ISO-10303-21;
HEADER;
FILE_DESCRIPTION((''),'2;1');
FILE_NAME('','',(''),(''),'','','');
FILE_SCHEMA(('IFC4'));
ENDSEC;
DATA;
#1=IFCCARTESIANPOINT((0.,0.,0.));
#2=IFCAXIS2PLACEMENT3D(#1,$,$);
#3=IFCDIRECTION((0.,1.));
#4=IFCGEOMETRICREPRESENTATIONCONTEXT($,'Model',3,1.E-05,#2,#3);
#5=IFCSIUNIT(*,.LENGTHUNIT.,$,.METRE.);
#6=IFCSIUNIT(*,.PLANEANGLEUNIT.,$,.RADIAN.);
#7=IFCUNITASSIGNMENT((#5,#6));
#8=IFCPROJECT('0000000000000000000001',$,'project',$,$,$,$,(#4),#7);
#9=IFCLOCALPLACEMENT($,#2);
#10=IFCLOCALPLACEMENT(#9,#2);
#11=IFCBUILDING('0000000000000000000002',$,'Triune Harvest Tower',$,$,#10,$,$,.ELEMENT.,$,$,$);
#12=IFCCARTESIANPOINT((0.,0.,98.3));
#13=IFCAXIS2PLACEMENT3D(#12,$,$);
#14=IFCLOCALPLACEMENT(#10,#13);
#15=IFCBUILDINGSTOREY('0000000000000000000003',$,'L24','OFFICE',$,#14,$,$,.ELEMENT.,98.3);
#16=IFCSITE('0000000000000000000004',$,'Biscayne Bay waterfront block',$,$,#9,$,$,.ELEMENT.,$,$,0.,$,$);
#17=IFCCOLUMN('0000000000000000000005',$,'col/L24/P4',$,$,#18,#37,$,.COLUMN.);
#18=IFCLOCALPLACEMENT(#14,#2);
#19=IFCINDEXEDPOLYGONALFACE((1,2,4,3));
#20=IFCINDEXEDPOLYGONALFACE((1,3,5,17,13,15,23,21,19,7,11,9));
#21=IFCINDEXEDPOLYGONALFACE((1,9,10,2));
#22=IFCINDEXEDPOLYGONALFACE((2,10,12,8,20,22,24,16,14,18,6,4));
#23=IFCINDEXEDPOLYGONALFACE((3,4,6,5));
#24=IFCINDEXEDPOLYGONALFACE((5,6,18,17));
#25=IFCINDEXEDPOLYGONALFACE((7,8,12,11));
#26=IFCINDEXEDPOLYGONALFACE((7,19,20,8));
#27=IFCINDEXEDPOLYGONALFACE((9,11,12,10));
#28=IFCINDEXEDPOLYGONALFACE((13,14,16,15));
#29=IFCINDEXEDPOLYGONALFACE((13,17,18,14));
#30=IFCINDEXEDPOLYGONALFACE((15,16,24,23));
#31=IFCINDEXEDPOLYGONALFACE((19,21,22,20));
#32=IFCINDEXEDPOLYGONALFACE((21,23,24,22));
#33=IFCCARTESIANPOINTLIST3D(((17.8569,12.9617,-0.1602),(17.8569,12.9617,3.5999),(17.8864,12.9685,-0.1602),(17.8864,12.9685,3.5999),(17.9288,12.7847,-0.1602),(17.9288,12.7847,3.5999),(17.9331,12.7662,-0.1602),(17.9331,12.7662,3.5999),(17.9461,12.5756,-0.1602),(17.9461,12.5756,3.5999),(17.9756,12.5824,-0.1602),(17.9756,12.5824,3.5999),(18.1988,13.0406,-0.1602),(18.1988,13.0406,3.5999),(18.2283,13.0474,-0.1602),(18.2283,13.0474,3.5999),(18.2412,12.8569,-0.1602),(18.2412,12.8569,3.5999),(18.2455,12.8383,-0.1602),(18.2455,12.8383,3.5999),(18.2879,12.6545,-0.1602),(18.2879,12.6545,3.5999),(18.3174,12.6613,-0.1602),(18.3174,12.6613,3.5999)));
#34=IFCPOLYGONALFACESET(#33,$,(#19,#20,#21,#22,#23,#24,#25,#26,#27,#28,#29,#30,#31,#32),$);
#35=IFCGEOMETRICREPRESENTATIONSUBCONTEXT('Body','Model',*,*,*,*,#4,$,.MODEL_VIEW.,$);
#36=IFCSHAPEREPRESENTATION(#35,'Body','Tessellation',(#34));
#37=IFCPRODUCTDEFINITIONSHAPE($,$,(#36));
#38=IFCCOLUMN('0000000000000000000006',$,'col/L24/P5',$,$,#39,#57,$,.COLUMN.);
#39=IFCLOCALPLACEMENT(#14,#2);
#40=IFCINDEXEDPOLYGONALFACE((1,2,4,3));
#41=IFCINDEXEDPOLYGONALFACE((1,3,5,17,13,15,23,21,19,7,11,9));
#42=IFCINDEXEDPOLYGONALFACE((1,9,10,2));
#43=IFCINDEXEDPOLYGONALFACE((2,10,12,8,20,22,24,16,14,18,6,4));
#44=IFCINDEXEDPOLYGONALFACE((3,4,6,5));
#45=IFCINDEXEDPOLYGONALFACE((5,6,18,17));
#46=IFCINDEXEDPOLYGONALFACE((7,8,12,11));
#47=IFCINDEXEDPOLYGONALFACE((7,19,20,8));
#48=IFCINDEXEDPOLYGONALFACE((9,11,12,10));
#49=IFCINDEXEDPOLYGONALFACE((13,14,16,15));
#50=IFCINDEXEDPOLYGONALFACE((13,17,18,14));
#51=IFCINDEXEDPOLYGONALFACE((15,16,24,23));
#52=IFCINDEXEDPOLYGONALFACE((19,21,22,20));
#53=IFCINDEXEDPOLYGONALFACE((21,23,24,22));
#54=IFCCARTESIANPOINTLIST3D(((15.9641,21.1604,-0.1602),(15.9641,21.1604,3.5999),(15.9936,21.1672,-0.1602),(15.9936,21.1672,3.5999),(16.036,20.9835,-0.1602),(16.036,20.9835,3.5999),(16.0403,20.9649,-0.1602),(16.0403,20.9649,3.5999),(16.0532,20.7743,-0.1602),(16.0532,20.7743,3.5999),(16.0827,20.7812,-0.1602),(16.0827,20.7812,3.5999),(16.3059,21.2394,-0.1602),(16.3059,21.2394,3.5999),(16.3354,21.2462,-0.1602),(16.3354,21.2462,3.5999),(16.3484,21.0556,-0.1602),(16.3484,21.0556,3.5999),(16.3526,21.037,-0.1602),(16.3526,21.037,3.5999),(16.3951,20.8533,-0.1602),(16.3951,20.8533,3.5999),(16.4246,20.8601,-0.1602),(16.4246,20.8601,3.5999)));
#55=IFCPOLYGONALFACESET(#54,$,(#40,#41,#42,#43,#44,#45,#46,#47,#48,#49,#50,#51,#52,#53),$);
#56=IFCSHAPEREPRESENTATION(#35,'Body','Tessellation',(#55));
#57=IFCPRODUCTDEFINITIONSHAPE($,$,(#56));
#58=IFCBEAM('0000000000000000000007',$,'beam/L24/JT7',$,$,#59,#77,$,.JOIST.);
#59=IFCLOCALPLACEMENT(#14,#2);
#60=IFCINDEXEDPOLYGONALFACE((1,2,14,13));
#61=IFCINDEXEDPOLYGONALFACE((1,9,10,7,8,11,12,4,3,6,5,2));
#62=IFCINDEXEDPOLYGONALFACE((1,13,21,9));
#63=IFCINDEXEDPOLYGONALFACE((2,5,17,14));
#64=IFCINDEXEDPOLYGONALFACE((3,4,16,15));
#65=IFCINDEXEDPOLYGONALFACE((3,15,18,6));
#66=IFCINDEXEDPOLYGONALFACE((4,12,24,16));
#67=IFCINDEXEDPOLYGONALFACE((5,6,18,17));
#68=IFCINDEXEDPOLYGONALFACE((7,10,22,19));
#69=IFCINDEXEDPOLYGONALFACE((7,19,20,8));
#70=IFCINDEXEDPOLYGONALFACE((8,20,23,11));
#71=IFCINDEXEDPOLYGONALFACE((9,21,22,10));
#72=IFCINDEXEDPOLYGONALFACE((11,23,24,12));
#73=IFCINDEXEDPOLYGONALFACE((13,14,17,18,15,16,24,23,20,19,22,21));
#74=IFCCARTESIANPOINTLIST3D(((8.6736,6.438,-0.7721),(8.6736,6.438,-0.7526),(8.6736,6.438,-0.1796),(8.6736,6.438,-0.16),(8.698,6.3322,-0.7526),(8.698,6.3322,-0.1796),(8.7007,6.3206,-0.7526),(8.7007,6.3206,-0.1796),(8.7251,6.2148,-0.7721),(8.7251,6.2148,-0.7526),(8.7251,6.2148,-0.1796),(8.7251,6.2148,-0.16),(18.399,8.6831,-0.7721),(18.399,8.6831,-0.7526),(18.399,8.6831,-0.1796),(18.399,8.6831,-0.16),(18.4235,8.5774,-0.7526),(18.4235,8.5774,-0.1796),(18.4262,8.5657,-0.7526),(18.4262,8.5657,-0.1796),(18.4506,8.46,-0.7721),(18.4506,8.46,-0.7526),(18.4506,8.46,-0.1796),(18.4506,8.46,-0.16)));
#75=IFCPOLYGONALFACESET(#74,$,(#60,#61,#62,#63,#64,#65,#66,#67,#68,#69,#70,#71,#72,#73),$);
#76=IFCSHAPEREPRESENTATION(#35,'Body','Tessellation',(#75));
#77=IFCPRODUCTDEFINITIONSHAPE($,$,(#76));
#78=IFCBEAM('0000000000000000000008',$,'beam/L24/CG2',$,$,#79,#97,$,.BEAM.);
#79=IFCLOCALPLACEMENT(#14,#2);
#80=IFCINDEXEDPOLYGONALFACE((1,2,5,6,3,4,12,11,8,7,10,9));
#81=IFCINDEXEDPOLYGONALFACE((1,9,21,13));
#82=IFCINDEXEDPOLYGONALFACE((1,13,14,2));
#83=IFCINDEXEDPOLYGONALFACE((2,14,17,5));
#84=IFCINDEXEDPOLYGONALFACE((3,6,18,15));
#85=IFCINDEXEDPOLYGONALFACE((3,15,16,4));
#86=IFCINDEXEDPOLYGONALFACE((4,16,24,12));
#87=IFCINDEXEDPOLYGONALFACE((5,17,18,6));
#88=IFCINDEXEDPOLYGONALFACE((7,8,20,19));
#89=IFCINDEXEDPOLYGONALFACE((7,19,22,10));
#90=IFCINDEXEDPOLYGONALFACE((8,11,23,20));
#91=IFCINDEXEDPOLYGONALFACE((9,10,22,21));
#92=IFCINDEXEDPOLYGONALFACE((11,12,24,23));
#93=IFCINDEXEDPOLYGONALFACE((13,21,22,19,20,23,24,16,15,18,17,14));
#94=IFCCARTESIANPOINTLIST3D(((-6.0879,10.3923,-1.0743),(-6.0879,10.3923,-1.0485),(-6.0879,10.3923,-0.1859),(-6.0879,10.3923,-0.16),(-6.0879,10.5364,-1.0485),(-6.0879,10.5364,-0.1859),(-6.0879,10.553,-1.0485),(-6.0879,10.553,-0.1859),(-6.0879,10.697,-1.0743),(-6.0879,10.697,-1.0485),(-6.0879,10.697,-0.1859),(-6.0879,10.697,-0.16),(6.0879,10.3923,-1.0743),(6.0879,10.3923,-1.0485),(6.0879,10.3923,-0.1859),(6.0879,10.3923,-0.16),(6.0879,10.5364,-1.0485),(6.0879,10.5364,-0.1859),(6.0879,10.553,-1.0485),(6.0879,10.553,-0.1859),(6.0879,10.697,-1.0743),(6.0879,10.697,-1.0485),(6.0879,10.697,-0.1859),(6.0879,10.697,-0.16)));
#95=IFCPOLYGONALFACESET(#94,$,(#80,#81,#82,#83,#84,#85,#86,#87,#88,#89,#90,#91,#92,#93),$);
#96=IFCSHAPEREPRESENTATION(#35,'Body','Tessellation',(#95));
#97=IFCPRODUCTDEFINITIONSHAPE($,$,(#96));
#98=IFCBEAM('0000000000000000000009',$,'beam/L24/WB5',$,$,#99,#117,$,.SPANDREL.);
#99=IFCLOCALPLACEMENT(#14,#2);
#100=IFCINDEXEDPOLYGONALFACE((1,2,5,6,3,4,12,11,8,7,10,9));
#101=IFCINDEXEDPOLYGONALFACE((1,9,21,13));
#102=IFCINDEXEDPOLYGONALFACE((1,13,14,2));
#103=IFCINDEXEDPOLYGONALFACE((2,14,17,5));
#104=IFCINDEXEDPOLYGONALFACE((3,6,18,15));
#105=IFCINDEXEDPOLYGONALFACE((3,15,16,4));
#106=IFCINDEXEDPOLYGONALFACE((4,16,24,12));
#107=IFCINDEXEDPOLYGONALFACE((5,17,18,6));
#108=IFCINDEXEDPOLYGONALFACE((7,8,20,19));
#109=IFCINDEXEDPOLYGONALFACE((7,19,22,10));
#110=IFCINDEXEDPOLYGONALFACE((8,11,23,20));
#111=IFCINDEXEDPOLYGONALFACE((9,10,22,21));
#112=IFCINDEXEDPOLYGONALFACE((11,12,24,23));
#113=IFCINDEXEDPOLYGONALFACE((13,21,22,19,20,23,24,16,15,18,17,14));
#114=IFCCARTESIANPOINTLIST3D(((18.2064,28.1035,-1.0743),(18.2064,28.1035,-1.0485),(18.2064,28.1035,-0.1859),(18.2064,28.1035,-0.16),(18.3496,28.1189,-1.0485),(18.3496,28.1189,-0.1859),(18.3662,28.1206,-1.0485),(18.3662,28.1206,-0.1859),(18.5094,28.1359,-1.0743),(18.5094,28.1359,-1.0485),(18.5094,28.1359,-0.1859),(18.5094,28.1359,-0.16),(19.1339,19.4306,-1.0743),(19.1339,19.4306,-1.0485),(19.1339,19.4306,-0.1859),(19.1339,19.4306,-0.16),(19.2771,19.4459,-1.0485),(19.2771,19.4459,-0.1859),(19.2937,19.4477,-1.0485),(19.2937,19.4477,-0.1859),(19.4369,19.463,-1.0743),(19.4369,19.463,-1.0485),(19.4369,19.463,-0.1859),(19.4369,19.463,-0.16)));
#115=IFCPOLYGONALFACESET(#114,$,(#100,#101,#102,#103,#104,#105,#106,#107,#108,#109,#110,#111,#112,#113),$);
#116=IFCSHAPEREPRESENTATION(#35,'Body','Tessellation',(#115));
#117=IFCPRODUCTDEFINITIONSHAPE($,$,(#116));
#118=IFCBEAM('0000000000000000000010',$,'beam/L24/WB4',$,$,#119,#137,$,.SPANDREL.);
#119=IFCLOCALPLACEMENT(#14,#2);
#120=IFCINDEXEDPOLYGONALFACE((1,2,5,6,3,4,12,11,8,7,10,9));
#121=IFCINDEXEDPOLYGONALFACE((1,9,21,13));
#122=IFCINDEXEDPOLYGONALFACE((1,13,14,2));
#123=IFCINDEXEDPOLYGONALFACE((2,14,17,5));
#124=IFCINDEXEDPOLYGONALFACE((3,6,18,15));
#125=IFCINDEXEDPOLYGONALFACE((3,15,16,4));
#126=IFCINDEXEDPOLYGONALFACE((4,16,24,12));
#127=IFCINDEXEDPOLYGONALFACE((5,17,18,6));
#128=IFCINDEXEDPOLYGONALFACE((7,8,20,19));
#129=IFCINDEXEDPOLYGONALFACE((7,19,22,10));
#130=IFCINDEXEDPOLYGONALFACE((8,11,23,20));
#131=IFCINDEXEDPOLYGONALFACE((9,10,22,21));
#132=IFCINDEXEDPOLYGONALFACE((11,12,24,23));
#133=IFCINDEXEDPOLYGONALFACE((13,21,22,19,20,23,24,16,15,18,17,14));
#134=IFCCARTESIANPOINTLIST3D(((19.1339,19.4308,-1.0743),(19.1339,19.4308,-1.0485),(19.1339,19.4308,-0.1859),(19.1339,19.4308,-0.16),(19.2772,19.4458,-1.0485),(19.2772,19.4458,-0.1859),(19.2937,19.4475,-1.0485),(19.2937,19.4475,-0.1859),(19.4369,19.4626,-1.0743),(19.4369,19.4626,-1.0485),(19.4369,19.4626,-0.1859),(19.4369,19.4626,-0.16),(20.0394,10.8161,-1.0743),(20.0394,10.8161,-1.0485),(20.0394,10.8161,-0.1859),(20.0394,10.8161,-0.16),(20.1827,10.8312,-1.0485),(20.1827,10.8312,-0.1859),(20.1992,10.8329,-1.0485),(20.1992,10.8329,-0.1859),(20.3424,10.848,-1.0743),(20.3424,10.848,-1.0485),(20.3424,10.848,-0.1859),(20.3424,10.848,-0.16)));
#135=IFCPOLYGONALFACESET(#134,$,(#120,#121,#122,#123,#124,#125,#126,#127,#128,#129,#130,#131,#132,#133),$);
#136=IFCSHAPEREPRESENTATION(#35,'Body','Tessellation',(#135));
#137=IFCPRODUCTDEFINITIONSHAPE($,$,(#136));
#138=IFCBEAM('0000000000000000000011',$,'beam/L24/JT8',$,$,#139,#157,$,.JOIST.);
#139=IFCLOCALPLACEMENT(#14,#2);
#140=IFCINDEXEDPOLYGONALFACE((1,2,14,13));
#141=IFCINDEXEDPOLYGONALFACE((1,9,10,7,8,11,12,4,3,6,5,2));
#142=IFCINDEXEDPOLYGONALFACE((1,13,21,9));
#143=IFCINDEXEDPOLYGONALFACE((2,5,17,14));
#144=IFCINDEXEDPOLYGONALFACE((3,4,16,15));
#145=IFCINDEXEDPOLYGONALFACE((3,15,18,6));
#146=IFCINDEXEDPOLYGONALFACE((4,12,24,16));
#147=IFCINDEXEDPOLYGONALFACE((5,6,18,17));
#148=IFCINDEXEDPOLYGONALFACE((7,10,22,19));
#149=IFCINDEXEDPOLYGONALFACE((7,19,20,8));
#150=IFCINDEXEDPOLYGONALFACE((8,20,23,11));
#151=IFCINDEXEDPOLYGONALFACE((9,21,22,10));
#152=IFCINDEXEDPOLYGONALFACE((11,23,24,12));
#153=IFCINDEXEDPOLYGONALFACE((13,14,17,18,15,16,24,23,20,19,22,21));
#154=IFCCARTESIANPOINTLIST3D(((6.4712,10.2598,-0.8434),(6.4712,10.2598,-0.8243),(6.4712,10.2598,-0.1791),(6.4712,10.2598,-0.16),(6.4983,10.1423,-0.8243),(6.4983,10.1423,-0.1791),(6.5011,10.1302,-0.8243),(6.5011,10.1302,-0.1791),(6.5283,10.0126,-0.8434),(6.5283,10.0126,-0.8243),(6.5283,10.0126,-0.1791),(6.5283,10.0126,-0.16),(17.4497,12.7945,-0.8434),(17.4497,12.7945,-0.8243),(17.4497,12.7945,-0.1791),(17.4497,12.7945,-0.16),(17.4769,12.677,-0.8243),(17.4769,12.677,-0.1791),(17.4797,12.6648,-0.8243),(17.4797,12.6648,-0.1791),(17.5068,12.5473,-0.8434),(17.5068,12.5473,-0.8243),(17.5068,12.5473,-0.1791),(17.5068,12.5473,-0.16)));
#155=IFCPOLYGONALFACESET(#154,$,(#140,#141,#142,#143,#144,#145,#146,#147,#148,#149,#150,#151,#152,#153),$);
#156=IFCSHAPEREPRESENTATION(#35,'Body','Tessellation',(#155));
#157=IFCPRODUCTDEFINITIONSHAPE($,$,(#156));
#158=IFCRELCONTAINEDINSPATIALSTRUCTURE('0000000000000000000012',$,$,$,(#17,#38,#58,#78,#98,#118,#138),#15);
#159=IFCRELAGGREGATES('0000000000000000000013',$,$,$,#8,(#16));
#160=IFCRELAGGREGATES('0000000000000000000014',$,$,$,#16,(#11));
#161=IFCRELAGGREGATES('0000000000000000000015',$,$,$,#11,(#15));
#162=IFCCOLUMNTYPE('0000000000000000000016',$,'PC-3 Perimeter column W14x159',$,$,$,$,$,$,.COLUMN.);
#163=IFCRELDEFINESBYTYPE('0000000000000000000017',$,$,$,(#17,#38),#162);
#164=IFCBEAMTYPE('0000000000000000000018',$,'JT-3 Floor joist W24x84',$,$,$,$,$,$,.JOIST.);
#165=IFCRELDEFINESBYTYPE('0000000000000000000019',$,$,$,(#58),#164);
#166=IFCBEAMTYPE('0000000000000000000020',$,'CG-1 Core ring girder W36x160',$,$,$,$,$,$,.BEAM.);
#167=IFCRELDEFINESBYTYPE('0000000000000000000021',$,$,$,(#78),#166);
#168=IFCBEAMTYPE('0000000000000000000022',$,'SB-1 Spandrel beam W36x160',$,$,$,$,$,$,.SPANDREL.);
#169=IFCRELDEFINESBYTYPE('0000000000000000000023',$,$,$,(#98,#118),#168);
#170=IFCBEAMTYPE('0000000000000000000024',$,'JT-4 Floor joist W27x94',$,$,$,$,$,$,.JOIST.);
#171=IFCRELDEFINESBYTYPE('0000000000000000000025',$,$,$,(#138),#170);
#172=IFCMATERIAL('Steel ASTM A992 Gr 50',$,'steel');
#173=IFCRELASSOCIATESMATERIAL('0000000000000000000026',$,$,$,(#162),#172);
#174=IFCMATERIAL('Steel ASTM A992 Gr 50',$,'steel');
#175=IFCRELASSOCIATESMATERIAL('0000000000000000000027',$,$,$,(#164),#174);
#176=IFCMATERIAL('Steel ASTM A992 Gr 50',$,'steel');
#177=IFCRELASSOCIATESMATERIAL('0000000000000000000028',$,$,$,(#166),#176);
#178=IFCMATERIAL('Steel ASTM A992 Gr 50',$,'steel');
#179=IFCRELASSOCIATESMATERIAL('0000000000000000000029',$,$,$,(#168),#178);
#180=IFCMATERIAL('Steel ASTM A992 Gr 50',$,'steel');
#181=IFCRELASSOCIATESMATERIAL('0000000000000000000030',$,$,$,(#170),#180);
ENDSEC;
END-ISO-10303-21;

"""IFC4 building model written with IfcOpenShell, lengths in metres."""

from ifc_helpers import new_model, si_unit, direction, frame, origin, origin_2d, place, context, subcontext, project, spatial, i_section, extrude, source, transform, mapped, material, material_profile, profile_set, type_object, element, save


model = new_model("IFC4")

# Units and contexts
model_context = context("Model", 3, precision=1e-05, world=origin(), true_north=direction((0.0, 1.0)))
body_context = subcontext(model_context, "Body", "Model", "MODEL_VIEW")
ifc_project = project(units=[si_unit("LENGTHUNIT", "METRE"), si_unit("PLANEANGLEUNIT", "RADIAN")], contexts=[model_context])

# Site, building, storey
site_placement = place(None, origin())
site = spatial("IfcSite", under=ifc_project, at=site_placement, Name="Biscayne Bay waterfront block", CompositionType="ELEMENT", RefElevation=0.0)
building_placement = place(site_placement, origin())
building = spatial("IfcBuilding", under=site, at=building_placement, Name="Triune Harvest Tower", CompositionType="ELEMENT")
storey_placement = place(building_placement, frame((0.0, 0.0, 98.3)))
storey = spatial("IfcBuildingStorey", under=building, at=storey_placement, Name="L24", Description="OFFICE", CompositionType="ELEMENT", Elevation=98.3)

# Columns
ifc_material_1 = material(Name="Steel ASTM A992 Gr 50", Category="steel")
ifc_material_profile_1 = material_profile(ifc_material_1, i_section(OverallWidth=0.3962, OverallDepth=0.3811, WebThickness=0.019, FlangeThickness=0.0303, at=origin_2d()), Name="W14x159")
ifc_profile_set_1 = profile_set([ifc_material_profile_1], Name="Steel ASTM A992 Gr 50")
column_type = type_object("IfcColumnType", Name="PC-3 Perimeter column W14x159", PredefinedType="COLUMN", material=ifc_profile_set_1)
shared_shape_1 = source(origin(), body_context, "Body", "SweptSolid", [
    extrude(i_section(OverallWidth=0.3962, OverallDepth=0.3811, WebThickness=0.019, FlangeThickness=0.0303, at=origin_2d()), origin(), (0.0, 0.0, 1.0), 3.76),
])
for number, where, z_axis, x_axis, name in (
    (1, (18.0872, 12.8115, -0.1602), (0.0, 0.0, 1.0), (-0.224953, 0.97437, 0.0), "col/L24/P4"),
    (2, (16.1943, 21.0103, -0.1602), (0.0, 0.0, 1.0), (-0.224953, 0.97437, 0.0), "col/L24/P5"),
):
    element("IfcColumn", number, at=place(storey_placement, frame(where, z_axis=z_axis, x_axis=x_axis)), inside=storey, type_object=column_type, Name=name, PredefinedType="COLUMN", context=body_context, shape_type="MappedRepresentation", body=[
        mapped(shared_shape_1, transform((0.0, 0.0, 0.0), scale=1.0)),
    ])

# Beams
ifc_material_2 = material(Name="Steel ASTM A992 Gr 50", Category="steel")
ifc_material_profile_2 = material_profile(ifc_material_2, i_section(OverallWidth=0.229, OverallDepth=0.6121, WebThickness=0.012, FlangeThickness=0.0195, at=origin_2d()), Name="W24x84")
ifc_profile_set_2 = profile_set([ifc_material_profile_2], Name="Steel ASTM A992 Gr 50")
beam_type_1 = type_object("IfcBeamType", Name="JT-3 Floor joist W24x84", PredefinedType="JOIST", material=ifc_profile_set_2)
beam_1_placement = place(storey_placement, frame((18.4248, 8.5715, -0.4661), z_axis=(-0.974373, -0.224936, 0.0), x_axis=(0.224936, -0.974373, 0.0)))
element("IfcBeam", 3, at=beam_1_placement, inside=storey, type_object=beam_type_1, Name="beam/L24/JT7", PredefinedType="JOIST", context=body_context, shape_type="SweptSolid", body=[
    extrude(i_section(OverallWidth=0.229, OverallDepth=0.6121, WebThickness=0.012, FlangeThickness=0.0195, at=origin_2d()), origin(), (0.0, 0.0, 1.0), 9.9812),
])
ifc_material_3 = material(Name="Steel ASTM A992 Gr 50", Category="steel")
ifc_material_profile_3 = material_profile(ifc_material_3, i_section(OverallWidth=0.3047, OverallDepth=0.9143, WebThickness=0.0166, FlangeThickness=0.0259, at=origin_2d()), Name="W36x160")
ifc_profile_set_3 = profile_set([ifc_material_profile_3], Name="Steel ASTM A992 Gr 50")
beam_type_2 = type_object("IfcBeamType", Name="CG-1 Core ring girder W36x160", PredefinedType="BEAM", material=ifc_profile_set_3)
shared_shape_2 = source(origin(), body_context, "Body", "SweptSolid", [
    extrude(i_section(OverallWidth=0.3047, OverallDepth=0.9143, WebThickness=0.0166, FlangeThickness=0.0259, at=origin_2d()), origin(), (0.0, 0.0, 1.0), 12.1758),
])
beam_2_placement = place(storey_placement, frame((6.0879, 10.5447, -0.6172), z_axis=(-1.0, 0.0, 0.0), x_axis=(0.0, -1.0, 0.0)))
element("IfcBeam", 4, at=beam_2_placement, inside=storey, type_object=beam_type_2, Name="beam/L24/CG2", PredefinedType="BEAM", context=body_context, shape_type="MappedRepresentation", body=[
    mapped(shared_shape_2, transform((0.0, 0.0, 0.0), scale=1.0)),
])
ifc_material_4 = material(Name="Steel ASTM A992 Gr 50", Category="steel")
ifc_material_profile_4 = material_profile(ifc_material_4, i_section(OverallWidth=0.3047, OverallDepth=0.9143, WebThickness=0.0166, FlangeThickness=0.0259, at=origin_2d()), Name="W36x160")
ifc_profile_set_4 = profile_set([ifc_material_profile_4], Name="Steel ASTM A992 Gr 50")
beam_type_3 = type_object("IfcBeamType", Name="SB-1 Spandrel beam W36x160", PredefinedType="SPANDREL", material=ifc_profile_set_4)
shared_shape_3 = source(origin(), body_context, "Body", "SweptSolid", [
    extrude(i_section(OverallWidth=0.3047, OverallDepth=0.9143, WebThickness=0.0166, FlangeThickness=0.0259, at=origin_2d()), origin(), (0.0, 0.0, 1.0), 8.7224),
])
beam_3_placement = place(storey_placement, frame((19.2854, 19.4468, -0.6172), z_axis=(-0.106335, 0.99433, 0.0), x_axis=(-0.99433, -0.106335, 0.0)))
element("IfcBeam", 5, at=beam_3_placement, inside=storey, type_object=beam_type_3, Name="beam/L24/WB5", PredefinedType="SPANDREL", context=body_context, shape_type="MappedRepresentation", body=[
    mapped(shared_shape_3, transform((0.0, 0.0, 0.0), scale=1.0)),
])
shared_shape_4 = source(origin(), body_context, "Body", "SweptSolid", [
    extrude(i_section(OverallWidth=0.3047, OverallDepth=0.9143, WebThickness=0.0166, FlangeThickness=0.0259, at=origin_2d()), origin(), (0.0, 0.0, 1.0), 8.6621),
])
beam_4_placement = place(storey_placement, frame((20.1909, 10.832, -0.6172), z_axis=(-0.104537, 0.994521, 0.0), x_axis=(-0.994521, -0.104537, 0.0)))
element("IfcBeam", 6, at=beam_4_placement, inside=storey, type_object=beam_type_3, Name="beam/L24/WB4", PredefinedType="SPANDREL", context=body_context, shape_type="MappedRepresentation", body=[
    mapped(shared_shape_4, transform((0.0, 0.0, 0.0), scale=1.0)),
])
ifc_material_5 = material(Name="Steel ASTM A992 Gr 50", Category="steel")
ifc_material_profile_5 = material_profile(ifc_material_5, i_section(OverallWidth=0.2537, OverallDepth=0.6833, WebThickness=0.0125, FlangeThickness=0.019, at=origin_2d()), Name="W27x94")
ifc_profile_set_5 = profile_set([ifc_material_profile_5], Name="Steel ASTM A992 Gr 50")
beam_type_4 = type_object("IfcBeamType", Name="JT-4 Floor joist W27x94", PredefinedType="JOIST", material=ifc_profile_set_5)
shared_shape_5 = source(origin(), body_context, "Body", "SweptSolid", [
    extrude(i_section(OverallWidth=0.2537, OverallDepth=0.6833, WebThickness=0.0125, FlangeThickness=0.019, at=origin_2d()), origin(), (0.0, 0.0, 1.0), 11.2673),
])
beam_5_placement = place(storey_placement, frame((17.4783, 12.6709, -0.5017), z_axis=(-0.974369, -0.224958, 0.0), x_axis=(0.224958, -0.974369, 0.0)))
element("IfcBeam", 7, at=beam_5_placement, inside=storey, type_object=beam_type_4, Name="beam/L24/JT8", PredefinedType="JOIST", context=body_context, shape_type="MappedRepresentation", body=[
    mapped(shared_shape_5, transform((0.0, 0.0, 0.0), scale=1.0)),
])

save(model, "model.ifc")
